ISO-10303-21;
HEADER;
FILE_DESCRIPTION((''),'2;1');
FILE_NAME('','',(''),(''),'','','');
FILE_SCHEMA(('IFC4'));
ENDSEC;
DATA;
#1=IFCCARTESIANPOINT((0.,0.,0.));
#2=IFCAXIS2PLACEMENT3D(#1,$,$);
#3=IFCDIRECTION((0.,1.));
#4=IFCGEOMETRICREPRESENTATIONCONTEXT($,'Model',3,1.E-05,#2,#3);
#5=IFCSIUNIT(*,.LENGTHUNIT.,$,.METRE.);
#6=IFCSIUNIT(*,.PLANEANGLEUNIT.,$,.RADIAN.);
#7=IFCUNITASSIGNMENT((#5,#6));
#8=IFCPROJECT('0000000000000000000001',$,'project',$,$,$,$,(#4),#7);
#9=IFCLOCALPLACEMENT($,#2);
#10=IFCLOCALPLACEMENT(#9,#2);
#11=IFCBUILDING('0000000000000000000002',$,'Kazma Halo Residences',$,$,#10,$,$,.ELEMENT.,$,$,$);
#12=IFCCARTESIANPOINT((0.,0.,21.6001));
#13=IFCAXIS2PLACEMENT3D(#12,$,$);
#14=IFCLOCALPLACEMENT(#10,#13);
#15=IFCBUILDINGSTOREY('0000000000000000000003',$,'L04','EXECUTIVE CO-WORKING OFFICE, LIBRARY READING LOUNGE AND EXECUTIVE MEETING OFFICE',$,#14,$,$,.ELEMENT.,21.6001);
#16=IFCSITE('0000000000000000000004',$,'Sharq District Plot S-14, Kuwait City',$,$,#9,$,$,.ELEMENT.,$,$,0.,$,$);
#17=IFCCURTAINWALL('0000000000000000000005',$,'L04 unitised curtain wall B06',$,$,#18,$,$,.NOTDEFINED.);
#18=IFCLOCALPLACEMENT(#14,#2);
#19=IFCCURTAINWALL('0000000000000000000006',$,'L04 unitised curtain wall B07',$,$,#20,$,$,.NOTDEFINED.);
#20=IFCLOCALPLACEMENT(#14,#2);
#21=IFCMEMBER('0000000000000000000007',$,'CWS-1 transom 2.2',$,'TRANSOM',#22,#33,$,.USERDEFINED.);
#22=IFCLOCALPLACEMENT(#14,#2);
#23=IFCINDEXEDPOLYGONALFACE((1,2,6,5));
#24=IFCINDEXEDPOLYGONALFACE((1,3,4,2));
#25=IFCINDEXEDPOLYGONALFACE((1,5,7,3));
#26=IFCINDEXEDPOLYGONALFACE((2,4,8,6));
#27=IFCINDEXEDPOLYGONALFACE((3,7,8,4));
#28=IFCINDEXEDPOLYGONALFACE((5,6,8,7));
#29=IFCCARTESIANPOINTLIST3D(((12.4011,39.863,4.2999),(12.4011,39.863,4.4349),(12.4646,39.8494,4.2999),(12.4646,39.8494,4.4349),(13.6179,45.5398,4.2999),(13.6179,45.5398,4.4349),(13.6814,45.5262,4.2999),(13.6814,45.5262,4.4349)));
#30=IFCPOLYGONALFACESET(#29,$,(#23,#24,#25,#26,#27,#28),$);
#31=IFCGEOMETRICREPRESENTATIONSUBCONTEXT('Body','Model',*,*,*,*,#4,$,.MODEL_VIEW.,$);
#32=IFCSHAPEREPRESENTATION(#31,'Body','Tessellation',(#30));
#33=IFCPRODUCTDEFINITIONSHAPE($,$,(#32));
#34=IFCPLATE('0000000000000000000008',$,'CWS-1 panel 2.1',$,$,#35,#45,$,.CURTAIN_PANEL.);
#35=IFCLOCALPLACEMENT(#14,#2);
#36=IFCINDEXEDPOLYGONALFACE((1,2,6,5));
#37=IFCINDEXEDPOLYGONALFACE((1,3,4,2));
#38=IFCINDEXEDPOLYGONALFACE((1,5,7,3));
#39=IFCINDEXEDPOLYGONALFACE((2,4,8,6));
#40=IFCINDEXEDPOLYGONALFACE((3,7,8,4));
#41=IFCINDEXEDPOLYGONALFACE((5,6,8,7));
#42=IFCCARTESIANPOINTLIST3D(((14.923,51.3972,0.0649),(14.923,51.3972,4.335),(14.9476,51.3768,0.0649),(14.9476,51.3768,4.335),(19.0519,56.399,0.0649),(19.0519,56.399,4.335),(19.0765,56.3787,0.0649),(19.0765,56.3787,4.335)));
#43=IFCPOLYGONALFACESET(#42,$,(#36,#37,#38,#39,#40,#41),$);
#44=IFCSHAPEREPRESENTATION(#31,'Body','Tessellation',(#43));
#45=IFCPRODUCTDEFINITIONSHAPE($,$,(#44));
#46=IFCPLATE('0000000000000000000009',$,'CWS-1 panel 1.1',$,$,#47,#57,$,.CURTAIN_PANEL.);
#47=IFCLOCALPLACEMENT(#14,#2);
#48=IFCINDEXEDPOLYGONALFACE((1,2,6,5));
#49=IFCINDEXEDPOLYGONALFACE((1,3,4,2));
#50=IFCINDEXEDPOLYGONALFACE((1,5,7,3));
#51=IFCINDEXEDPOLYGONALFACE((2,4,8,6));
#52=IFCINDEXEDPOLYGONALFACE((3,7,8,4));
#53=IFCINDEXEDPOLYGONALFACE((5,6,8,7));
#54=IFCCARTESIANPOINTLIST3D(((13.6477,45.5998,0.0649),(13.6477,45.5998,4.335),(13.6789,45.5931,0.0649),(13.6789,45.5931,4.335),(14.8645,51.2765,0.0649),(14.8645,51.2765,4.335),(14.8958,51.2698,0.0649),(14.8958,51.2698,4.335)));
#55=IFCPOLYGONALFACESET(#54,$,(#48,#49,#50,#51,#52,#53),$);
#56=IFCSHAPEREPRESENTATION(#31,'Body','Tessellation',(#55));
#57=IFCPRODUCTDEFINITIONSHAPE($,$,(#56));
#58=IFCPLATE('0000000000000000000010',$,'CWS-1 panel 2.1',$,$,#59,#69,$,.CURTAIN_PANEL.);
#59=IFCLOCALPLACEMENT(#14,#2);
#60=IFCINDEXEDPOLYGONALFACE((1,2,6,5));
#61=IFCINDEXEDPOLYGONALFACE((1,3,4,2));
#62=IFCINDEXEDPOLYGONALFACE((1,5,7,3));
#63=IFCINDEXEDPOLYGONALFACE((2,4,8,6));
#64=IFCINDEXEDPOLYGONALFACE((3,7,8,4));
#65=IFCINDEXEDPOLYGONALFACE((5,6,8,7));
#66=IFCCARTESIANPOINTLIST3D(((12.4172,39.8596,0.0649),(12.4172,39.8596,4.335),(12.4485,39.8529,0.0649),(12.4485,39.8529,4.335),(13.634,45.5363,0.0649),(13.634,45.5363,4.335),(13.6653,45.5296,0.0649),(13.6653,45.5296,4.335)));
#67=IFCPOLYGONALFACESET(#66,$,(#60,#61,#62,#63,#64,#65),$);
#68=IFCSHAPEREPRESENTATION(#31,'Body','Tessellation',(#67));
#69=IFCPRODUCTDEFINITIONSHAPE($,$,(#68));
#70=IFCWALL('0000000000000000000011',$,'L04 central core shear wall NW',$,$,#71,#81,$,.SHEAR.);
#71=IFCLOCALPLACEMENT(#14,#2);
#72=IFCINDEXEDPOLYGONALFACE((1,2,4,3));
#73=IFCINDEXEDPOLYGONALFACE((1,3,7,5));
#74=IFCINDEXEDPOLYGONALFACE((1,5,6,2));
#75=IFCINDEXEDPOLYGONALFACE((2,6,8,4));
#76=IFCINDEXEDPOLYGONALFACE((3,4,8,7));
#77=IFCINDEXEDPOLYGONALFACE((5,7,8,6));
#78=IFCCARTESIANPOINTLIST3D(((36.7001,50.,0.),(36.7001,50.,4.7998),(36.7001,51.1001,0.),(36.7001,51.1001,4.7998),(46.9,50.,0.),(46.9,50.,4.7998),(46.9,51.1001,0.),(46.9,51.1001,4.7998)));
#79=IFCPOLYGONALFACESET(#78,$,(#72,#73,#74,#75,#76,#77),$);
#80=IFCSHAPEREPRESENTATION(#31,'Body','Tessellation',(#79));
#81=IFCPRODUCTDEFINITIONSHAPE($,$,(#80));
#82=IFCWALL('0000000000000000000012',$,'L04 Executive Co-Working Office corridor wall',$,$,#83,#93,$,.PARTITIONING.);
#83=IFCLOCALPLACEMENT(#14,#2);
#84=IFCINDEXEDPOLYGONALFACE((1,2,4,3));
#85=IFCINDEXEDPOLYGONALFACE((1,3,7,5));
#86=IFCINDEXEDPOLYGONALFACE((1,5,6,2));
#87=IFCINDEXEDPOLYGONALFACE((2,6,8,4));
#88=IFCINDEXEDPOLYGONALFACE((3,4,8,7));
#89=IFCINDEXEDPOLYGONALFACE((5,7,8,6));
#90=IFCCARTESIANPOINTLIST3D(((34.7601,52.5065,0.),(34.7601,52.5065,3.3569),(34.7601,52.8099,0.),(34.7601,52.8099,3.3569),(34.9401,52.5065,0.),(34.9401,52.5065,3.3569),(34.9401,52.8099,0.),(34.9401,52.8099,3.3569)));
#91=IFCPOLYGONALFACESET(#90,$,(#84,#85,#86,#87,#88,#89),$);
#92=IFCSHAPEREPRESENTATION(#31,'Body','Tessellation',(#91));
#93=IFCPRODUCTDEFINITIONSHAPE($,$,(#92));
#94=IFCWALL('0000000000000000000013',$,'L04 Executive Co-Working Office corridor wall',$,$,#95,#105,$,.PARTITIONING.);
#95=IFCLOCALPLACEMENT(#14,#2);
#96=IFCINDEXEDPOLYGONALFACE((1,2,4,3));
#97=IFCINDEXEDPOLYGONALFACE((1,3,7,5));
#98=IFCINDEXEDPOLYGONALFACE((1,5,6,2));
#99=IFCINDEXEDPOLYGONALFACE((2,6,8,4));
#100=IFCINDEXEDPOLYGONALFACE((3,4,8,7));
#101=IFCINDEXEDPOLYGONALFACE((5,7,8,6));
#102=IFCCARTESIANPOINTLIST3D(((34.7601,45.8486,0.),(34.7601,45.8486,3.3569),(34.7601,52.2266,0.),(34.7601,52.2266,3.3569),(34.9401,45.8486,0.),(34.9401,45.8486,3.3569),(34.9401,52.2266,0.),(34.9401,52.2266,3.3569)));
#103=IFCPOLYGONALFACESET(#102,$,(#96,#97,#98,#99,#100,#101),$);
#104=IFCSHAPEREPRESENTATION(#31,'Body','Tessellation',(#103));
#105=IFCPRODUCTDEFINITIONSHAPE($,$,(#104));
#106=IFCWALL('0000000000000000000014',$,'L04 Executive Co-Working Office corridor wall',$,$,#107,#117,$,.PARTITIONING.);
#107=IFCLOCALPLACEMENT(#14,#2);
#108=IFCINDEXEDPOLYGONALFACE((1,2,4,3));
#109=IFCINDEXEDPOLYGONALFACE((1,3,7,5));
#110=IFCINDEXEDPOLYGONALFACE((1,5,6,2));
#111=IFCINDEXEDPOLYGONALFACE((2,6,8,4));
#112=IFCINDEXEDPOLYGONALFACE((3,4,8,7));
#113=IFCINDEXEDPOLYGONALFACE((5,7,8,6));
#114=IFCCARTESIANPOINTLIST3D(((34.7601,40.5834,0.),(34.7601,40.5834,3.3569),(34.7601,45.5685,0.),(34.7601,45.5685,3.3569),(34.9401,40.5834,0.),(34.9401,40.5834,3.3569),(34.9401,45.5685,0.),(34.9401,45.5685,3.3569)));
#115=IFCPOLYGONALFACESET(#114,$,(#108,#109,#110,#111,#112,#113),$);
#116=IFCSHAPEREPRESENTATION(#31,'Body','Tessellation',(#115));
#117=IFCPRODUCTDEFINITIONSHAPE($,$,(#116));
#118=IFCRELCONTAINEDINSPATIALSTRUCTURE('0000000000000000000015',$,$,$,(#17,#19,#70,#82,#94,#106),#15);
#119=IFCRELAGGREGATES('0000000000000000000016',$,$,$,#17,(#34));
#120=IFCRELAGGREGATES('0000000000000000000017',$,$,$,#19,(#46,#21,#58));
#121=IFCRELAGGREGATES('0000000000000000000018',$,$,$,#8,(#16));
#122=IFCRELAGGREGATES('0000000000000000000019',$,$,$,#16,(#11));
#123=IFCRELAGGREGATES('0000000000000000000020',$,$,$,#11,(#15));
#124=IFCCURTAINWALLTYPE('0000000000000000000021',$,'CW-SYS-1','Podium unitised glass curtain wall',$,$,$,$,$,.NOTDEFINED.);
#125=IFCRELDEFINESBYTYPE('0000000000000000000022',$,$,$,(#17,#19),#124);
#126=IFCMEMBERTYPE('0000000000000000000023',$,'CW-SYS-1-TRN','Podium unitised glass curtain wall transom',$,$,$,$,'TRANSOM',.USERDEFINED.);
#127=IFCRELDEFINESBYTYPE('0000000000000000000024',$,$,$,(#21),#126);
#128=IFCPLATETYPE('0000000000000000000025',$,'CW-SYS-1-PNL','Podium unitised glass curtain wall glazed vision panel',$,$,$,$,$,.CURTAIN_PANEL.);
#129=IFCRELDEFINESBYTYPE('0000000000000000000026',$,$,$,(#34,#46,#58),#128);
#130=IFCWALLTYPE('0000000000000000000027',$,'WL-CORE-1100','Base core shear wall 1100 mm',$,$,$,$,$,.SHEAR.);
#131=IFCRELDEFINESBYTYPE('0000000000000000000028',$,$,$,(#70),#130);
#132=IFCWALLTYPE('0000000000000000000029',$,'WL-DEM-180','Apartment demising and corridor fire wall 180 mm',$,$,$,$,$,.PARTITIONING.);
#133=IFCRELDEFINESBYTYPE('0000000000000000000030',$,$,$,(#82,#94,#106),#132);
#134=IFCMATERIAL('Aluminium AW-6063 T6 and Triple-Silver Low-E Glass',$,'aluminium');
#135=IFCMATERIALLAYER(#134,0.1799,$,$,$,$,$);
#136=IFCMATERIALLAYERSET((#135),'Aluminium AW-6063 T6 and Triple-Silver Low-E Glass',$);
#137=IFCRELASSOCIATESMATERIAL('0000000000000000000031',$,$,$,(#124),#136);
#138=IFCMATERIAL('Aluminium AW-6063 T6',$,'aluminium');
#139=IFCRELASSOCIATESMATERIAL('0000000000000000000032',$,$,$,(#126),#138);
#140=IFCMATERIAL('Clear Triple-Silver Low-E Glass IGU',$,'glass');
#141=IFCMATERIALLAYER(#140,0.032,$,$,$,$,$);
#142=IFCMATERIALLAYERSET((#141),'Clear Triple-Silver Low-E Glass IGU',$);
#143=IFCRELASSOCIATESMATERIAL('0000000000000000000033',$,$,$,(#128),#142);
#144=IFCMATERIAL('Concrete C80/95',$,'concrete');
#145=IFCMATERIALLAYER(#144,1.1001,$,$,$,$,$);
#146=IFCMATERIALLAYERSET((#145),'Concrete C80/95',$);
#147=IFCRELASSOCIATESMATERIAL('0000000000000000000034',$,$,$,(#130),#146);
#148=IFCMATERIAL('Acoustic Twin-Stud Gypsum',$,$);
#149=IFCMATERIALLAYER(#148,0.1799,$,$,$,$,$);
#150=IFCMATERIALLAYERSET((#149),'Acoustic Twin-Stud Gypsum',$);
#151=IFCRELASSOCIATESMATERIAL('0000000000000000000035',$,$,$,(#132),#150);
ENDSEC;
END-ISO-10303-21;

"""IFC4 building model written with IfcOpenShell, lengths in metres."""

from ifc_helpers import new_model, si_unit, direction, frame, frame_2d, origin, origin_2d, place, context, subcontext, project, spatial, rectangle, extrude, material, layer, layer_set, material_profile, profile_set, type_object, element, aggregate, save


model = new_model("IFC4")

# Units and contexts
model_context = context("Model", 3, precision=1e-05, world=origin(), true_north=direction((0.0, 1.0)))
body_context = subcontext(model_context, "Body", "Model", "MODEL_VIEW")
ifc_project = project(units=[si_unit("LENGTHUNIT", "METRE"), si_unit("PLANEANGLEUNIT", "RADIAN")], contexts=[model_context])

# Site, building, storey
site_placement = place(None, origin())
site = spatial("IfcSite", under=ifc_project, at=site_placement, Name="Sharq District Plot S-14, Kuwait City", CompositionType="ELEMENT", RefElevation=0.0)
building_placement = place(site_placement, origin())
building = spatial("IfcBuilding", under=site, at=building_placement, Name="Kazma Halo Residences", CompositionType="ELEMENT")
storey_placement = place(building_placement, frame((0.0, 0.0, 21.6001)))
storey = spatial("IfcBuildingStorey", under=building, at=storey_placement, Name="L04", Description="EXECUTIVE CO-WORKING OFFICE, LIBRARY READING LOUNGE AND EXECUTIVE MEETING OFFICE", CompositionType="ELEMENT", Elevation=21.6001)

# Shared definitions
ifc_material_1 = material(Name="Concrete C80/95", Category="concrete")

# Curtain wall
ifc_material_2 = material(Name="Aluminium AW-6063 T6 and Triple-Silver Low-E Glass", Category="aluminium")
ifc_layer_1 = layer(ifc_material_2, 0.1799)
ifc_layer_set_1 = layer_set([ifc_layer_1], Name="Aluminium AW-6063 T6 and Triple-Silver Low-E Glass")
curtain_wall_type = type_object("IfcCurtainWallType", Name="CW-SYS-1", Description="Podium unitised glass curtain wall", PredefinedType="NOTDEFINED", material=ifc_layer_set_1)
curtain_wall_1_placement = place(storey_placement, origin())
curtain_wall_1 = element("IfcCurtainWall", 1, at=curtain_wall_1_placement, inside=storey, type_object=curtain_wall_type, Name="L04 unitised curtain wall B06", PredefinedType="NOTDEFINED")
ifc_material_3 = material(Name="Aluminium AW-6063 T6", Category="aluminium")

# Curtain wall
curtain_wall_2_placement = place(storey_placement, origin())
curtain_wall_2 = element("IfcCurtainWall", 2, at=curtain_wall_2_placement, inside=storey, type_object=curtain_wall_type, Name="L04 unitised curtain wall B07", PredefinedType="NOTDEFINED")

# Member
ifc_material_profile_1 = material_profile(ifc_material_3, rectangle(XDim=0.0649, YDim=0.135, at=origin_2d()), Name="CWT-65x135")
ifc_profile_set_1 = profile_set([ifc_material_profile_1], Name="Aluminium AW-6063 T6")
member_type_1 = type_object("IfcMemberType", Name="CW-SYS-1-TRN", Description="Podium unitised glass curtain wall transom", ElementType="TRANSOM", PredefinedType="USERDEFINED", material=ifc_profile_set_1)
member_1_placement = place(storey_placement, frame((13.6497, 45.533, 4.3674), z_axis=(-0.209587, -0.97779, 0.0), x_axis=(0.97779, -0.209587, 0.0)))
member_1 = element("IfcMember", 3, at=member_1_placement, type_object=member_type_1, Name="CWS-1 transom 2.2", ObjectType="TRANSOM", PredefinedType="USERDEFINED", context=body_context, shape_type="SweptSolid", body=[
    extrude(rectangle(XDim=0.0649, YDim=0.135, at=origin_2d()), origin(), (0.0, 0.0, 1.0), 5.8057),
])

# Plates
ifc_material_4 = material(Name="Clear Triple-Silver Low-E Glass IGU", Category="glass")
ifc_layer_2 = layer(ifc_material_4, 0.032)
ifc_layer_set_2 = layer_set([ifc_layer_2], Name="Clear Triple-Silver Low-E Glass IGU")
plate_type = type_object("IfcPlateType", Name="CW-SYS-1-PNL", Description="Podium unitised glass curtain wall glazed vision panel", PredefinedType="CURTAIN_PANEL", material=ifc_layer_set_2)
plate_1_placement = place(storey_placement, frame((16.9998, 53.8879, 0.0649), z_axis=(0.0, 0.0, 1.0), x_axis=(-0.636603, -0.771192, 0.0)))
plate_1 = element("IfcPlate", 4, at=plate_1_placement, type_object=plate_type, Name="CWS-1 panel 2.1", PredefinedType="CURTAIN_PANEL", context=body_context, shape_type="SweptSolid", body=[
    extrude(rectangle(XDim=6.4858, YDim=0.032, at=origin_2d()), origin(), (0.0, 0.0, 1.0), 4.27),
])
aggregate(curtain_wall_1, [plate_1])
plate_2_placement = place(storey_placement, frame((14.2717, 48.4348, 0.0649), z_axis=(0.0, 0.0, 1.0), x_axis=(-0.209596, -0.977788, 0.0)))
plate_2 = element("IfcPlate", 5, at=plate_2_placement, type_object=plate_type, Name="CWS-1 panel 1.1", PredefinedType="CURTAIN_PANEL", context=body_context, shape_type="SweptSolid", body=[
    extrude(rectangle(XDim=5.8057, YDim=0.032, at=origin_2d()), origin(), (0.0, 0.0, 1.0), 4.27),
])
plate_3_placement = place(storey_placement, frame((13.0413, 42.6946, 0.0649), z_axis=(0.0, 0.0, 1.0), x_axis=(-0.209596, -0.977788, 0.0)))
plate_3 = element("IfcPlate", 6, at=plate_3_placement, type_object=plate_type, Name="CWS-1 panel 2.1", PredefinedType="CURTAIN_PANEL", context=body_context, shape_type="SweptSolid", body=[
    extrude(rectangle(XDim=5.8057, YDim=0.032, at=origin_2d()), origin(), (0.0, 0.0, 1.0), 4.27),
])
aggregate(curtain_wall_2, [plate_2, member_1, plate_3])

# Walls
ifc_layer_3 = layer(ifc_material_1, 1.1001)
ifc_layer_set_3 = layer_set([ifc_layer_3], Name="Concrete C80/95")
wall_type_1 = type_object("IfcWallType", Name="WL-CORE-1100", Description="Base core shear wall 1100 mm", PredefinedType="SHEAR", material=ifc_layer_set_3)
wall_1_placement = place(storey_placement, frame((36.7, 50.55, 0.0), z_axis=(0.0, 0.0, 1.0), x_axis=(1.0, 0.0, 0.0)))
element("IfcWall", 7, at=wall_1_placement, inside=storey, type_object=wall_type_1, Name="L04 central core shear wall NW", PredefinedType="SHEAR", context=body_context, shape_type="SweptSolid", body=[
    extrude(rectangle(XDim=10.2, YDim=1.1001, at=frame_2d((5.1001, 0.0))), origin(), (0.0, 0.0, 1.0), 4.7998),
])
ifc_material_5 = material(Name="Acoustic Twin-Stud Gypsum")
ifc_layer_4 = layer(ifc_material_5, 0.1799)
ifc_layer_set_4 = layer_set([ifc_layer_4], Name="Acoustic Twin-Stud Gypsum")
wall_type_2 = type_object("IfcWallType", Name="WL-DEM-180", Description="Apartment demising and corridor fire wall 180 mm", PredefinedType="PARTITIONING", material=ifc_layer_set_4)
wall_2_placement = place(storey_placement, frame((34.8501, 52.8101, 0.0), z_axis=(0.0, 0.0, 1.0), x_axis=(0.0, -1.0, 0.0)))
element("IfcWall", 8, at=wall_2_placement, inside=storey, type_object=wall_type_2, Name="L04 Executive Co-Working Office corridor wall", PredefinedType="PARTITIONING", context=body_context, shape_type="SweptSolid", body=[
    extrude(rectangle(XDim=0.3035, YDim=0.1799, at=frame_2d((0.1519, 0.0))), origin(), (0.0, 0.0, 1.0), 3.3569),
])
wall_3_placement = place(storey_placement, frame((34.8501, 52.2266, 0.0), z_axis=(0.0, 0.0, 1.0), x_axis=(0.0, -1.0, 0.0)))
element("IfcWall", 9, at=wall_3_placement, inside=storey, type_object=wall_type_2, Name="L04 Executive Co-Working Office corridor wall", PredefinedType="PARTITIONING", context=body_context, shape_type="SweptSolid", body=[
    extrude(rectangle(XDim=6.3779, YDim=0.1799, at=frame_2d((3.189, 0.0))), origin(), (0.0, 0.0, 1.0), 3.3569),
])
wall_4_placement = place(storey_placement, frame((34.8501, 45.5686, 0.0), z_axis=(0.0, 0.0, 1.0), x_axis=(0.0, -1.0, 0.0)))
element("IfcWall", 10, at=wall_4_placement, inside=storey, type_object=wall_type_2, Name="L04 Executive Co-Working Office corridor wall", PredefinedType="PARTITIONING", context=body_context, shape_type="SweptSolid", body=[
    extrude(rectangle(XDim=4.9851, YDim=0.1799, at=frame_2d((2.4927, 0.0))), origin(), (0.0, 0.0, 1.0), 3.3569),
])

save(model, "model.ifc")
